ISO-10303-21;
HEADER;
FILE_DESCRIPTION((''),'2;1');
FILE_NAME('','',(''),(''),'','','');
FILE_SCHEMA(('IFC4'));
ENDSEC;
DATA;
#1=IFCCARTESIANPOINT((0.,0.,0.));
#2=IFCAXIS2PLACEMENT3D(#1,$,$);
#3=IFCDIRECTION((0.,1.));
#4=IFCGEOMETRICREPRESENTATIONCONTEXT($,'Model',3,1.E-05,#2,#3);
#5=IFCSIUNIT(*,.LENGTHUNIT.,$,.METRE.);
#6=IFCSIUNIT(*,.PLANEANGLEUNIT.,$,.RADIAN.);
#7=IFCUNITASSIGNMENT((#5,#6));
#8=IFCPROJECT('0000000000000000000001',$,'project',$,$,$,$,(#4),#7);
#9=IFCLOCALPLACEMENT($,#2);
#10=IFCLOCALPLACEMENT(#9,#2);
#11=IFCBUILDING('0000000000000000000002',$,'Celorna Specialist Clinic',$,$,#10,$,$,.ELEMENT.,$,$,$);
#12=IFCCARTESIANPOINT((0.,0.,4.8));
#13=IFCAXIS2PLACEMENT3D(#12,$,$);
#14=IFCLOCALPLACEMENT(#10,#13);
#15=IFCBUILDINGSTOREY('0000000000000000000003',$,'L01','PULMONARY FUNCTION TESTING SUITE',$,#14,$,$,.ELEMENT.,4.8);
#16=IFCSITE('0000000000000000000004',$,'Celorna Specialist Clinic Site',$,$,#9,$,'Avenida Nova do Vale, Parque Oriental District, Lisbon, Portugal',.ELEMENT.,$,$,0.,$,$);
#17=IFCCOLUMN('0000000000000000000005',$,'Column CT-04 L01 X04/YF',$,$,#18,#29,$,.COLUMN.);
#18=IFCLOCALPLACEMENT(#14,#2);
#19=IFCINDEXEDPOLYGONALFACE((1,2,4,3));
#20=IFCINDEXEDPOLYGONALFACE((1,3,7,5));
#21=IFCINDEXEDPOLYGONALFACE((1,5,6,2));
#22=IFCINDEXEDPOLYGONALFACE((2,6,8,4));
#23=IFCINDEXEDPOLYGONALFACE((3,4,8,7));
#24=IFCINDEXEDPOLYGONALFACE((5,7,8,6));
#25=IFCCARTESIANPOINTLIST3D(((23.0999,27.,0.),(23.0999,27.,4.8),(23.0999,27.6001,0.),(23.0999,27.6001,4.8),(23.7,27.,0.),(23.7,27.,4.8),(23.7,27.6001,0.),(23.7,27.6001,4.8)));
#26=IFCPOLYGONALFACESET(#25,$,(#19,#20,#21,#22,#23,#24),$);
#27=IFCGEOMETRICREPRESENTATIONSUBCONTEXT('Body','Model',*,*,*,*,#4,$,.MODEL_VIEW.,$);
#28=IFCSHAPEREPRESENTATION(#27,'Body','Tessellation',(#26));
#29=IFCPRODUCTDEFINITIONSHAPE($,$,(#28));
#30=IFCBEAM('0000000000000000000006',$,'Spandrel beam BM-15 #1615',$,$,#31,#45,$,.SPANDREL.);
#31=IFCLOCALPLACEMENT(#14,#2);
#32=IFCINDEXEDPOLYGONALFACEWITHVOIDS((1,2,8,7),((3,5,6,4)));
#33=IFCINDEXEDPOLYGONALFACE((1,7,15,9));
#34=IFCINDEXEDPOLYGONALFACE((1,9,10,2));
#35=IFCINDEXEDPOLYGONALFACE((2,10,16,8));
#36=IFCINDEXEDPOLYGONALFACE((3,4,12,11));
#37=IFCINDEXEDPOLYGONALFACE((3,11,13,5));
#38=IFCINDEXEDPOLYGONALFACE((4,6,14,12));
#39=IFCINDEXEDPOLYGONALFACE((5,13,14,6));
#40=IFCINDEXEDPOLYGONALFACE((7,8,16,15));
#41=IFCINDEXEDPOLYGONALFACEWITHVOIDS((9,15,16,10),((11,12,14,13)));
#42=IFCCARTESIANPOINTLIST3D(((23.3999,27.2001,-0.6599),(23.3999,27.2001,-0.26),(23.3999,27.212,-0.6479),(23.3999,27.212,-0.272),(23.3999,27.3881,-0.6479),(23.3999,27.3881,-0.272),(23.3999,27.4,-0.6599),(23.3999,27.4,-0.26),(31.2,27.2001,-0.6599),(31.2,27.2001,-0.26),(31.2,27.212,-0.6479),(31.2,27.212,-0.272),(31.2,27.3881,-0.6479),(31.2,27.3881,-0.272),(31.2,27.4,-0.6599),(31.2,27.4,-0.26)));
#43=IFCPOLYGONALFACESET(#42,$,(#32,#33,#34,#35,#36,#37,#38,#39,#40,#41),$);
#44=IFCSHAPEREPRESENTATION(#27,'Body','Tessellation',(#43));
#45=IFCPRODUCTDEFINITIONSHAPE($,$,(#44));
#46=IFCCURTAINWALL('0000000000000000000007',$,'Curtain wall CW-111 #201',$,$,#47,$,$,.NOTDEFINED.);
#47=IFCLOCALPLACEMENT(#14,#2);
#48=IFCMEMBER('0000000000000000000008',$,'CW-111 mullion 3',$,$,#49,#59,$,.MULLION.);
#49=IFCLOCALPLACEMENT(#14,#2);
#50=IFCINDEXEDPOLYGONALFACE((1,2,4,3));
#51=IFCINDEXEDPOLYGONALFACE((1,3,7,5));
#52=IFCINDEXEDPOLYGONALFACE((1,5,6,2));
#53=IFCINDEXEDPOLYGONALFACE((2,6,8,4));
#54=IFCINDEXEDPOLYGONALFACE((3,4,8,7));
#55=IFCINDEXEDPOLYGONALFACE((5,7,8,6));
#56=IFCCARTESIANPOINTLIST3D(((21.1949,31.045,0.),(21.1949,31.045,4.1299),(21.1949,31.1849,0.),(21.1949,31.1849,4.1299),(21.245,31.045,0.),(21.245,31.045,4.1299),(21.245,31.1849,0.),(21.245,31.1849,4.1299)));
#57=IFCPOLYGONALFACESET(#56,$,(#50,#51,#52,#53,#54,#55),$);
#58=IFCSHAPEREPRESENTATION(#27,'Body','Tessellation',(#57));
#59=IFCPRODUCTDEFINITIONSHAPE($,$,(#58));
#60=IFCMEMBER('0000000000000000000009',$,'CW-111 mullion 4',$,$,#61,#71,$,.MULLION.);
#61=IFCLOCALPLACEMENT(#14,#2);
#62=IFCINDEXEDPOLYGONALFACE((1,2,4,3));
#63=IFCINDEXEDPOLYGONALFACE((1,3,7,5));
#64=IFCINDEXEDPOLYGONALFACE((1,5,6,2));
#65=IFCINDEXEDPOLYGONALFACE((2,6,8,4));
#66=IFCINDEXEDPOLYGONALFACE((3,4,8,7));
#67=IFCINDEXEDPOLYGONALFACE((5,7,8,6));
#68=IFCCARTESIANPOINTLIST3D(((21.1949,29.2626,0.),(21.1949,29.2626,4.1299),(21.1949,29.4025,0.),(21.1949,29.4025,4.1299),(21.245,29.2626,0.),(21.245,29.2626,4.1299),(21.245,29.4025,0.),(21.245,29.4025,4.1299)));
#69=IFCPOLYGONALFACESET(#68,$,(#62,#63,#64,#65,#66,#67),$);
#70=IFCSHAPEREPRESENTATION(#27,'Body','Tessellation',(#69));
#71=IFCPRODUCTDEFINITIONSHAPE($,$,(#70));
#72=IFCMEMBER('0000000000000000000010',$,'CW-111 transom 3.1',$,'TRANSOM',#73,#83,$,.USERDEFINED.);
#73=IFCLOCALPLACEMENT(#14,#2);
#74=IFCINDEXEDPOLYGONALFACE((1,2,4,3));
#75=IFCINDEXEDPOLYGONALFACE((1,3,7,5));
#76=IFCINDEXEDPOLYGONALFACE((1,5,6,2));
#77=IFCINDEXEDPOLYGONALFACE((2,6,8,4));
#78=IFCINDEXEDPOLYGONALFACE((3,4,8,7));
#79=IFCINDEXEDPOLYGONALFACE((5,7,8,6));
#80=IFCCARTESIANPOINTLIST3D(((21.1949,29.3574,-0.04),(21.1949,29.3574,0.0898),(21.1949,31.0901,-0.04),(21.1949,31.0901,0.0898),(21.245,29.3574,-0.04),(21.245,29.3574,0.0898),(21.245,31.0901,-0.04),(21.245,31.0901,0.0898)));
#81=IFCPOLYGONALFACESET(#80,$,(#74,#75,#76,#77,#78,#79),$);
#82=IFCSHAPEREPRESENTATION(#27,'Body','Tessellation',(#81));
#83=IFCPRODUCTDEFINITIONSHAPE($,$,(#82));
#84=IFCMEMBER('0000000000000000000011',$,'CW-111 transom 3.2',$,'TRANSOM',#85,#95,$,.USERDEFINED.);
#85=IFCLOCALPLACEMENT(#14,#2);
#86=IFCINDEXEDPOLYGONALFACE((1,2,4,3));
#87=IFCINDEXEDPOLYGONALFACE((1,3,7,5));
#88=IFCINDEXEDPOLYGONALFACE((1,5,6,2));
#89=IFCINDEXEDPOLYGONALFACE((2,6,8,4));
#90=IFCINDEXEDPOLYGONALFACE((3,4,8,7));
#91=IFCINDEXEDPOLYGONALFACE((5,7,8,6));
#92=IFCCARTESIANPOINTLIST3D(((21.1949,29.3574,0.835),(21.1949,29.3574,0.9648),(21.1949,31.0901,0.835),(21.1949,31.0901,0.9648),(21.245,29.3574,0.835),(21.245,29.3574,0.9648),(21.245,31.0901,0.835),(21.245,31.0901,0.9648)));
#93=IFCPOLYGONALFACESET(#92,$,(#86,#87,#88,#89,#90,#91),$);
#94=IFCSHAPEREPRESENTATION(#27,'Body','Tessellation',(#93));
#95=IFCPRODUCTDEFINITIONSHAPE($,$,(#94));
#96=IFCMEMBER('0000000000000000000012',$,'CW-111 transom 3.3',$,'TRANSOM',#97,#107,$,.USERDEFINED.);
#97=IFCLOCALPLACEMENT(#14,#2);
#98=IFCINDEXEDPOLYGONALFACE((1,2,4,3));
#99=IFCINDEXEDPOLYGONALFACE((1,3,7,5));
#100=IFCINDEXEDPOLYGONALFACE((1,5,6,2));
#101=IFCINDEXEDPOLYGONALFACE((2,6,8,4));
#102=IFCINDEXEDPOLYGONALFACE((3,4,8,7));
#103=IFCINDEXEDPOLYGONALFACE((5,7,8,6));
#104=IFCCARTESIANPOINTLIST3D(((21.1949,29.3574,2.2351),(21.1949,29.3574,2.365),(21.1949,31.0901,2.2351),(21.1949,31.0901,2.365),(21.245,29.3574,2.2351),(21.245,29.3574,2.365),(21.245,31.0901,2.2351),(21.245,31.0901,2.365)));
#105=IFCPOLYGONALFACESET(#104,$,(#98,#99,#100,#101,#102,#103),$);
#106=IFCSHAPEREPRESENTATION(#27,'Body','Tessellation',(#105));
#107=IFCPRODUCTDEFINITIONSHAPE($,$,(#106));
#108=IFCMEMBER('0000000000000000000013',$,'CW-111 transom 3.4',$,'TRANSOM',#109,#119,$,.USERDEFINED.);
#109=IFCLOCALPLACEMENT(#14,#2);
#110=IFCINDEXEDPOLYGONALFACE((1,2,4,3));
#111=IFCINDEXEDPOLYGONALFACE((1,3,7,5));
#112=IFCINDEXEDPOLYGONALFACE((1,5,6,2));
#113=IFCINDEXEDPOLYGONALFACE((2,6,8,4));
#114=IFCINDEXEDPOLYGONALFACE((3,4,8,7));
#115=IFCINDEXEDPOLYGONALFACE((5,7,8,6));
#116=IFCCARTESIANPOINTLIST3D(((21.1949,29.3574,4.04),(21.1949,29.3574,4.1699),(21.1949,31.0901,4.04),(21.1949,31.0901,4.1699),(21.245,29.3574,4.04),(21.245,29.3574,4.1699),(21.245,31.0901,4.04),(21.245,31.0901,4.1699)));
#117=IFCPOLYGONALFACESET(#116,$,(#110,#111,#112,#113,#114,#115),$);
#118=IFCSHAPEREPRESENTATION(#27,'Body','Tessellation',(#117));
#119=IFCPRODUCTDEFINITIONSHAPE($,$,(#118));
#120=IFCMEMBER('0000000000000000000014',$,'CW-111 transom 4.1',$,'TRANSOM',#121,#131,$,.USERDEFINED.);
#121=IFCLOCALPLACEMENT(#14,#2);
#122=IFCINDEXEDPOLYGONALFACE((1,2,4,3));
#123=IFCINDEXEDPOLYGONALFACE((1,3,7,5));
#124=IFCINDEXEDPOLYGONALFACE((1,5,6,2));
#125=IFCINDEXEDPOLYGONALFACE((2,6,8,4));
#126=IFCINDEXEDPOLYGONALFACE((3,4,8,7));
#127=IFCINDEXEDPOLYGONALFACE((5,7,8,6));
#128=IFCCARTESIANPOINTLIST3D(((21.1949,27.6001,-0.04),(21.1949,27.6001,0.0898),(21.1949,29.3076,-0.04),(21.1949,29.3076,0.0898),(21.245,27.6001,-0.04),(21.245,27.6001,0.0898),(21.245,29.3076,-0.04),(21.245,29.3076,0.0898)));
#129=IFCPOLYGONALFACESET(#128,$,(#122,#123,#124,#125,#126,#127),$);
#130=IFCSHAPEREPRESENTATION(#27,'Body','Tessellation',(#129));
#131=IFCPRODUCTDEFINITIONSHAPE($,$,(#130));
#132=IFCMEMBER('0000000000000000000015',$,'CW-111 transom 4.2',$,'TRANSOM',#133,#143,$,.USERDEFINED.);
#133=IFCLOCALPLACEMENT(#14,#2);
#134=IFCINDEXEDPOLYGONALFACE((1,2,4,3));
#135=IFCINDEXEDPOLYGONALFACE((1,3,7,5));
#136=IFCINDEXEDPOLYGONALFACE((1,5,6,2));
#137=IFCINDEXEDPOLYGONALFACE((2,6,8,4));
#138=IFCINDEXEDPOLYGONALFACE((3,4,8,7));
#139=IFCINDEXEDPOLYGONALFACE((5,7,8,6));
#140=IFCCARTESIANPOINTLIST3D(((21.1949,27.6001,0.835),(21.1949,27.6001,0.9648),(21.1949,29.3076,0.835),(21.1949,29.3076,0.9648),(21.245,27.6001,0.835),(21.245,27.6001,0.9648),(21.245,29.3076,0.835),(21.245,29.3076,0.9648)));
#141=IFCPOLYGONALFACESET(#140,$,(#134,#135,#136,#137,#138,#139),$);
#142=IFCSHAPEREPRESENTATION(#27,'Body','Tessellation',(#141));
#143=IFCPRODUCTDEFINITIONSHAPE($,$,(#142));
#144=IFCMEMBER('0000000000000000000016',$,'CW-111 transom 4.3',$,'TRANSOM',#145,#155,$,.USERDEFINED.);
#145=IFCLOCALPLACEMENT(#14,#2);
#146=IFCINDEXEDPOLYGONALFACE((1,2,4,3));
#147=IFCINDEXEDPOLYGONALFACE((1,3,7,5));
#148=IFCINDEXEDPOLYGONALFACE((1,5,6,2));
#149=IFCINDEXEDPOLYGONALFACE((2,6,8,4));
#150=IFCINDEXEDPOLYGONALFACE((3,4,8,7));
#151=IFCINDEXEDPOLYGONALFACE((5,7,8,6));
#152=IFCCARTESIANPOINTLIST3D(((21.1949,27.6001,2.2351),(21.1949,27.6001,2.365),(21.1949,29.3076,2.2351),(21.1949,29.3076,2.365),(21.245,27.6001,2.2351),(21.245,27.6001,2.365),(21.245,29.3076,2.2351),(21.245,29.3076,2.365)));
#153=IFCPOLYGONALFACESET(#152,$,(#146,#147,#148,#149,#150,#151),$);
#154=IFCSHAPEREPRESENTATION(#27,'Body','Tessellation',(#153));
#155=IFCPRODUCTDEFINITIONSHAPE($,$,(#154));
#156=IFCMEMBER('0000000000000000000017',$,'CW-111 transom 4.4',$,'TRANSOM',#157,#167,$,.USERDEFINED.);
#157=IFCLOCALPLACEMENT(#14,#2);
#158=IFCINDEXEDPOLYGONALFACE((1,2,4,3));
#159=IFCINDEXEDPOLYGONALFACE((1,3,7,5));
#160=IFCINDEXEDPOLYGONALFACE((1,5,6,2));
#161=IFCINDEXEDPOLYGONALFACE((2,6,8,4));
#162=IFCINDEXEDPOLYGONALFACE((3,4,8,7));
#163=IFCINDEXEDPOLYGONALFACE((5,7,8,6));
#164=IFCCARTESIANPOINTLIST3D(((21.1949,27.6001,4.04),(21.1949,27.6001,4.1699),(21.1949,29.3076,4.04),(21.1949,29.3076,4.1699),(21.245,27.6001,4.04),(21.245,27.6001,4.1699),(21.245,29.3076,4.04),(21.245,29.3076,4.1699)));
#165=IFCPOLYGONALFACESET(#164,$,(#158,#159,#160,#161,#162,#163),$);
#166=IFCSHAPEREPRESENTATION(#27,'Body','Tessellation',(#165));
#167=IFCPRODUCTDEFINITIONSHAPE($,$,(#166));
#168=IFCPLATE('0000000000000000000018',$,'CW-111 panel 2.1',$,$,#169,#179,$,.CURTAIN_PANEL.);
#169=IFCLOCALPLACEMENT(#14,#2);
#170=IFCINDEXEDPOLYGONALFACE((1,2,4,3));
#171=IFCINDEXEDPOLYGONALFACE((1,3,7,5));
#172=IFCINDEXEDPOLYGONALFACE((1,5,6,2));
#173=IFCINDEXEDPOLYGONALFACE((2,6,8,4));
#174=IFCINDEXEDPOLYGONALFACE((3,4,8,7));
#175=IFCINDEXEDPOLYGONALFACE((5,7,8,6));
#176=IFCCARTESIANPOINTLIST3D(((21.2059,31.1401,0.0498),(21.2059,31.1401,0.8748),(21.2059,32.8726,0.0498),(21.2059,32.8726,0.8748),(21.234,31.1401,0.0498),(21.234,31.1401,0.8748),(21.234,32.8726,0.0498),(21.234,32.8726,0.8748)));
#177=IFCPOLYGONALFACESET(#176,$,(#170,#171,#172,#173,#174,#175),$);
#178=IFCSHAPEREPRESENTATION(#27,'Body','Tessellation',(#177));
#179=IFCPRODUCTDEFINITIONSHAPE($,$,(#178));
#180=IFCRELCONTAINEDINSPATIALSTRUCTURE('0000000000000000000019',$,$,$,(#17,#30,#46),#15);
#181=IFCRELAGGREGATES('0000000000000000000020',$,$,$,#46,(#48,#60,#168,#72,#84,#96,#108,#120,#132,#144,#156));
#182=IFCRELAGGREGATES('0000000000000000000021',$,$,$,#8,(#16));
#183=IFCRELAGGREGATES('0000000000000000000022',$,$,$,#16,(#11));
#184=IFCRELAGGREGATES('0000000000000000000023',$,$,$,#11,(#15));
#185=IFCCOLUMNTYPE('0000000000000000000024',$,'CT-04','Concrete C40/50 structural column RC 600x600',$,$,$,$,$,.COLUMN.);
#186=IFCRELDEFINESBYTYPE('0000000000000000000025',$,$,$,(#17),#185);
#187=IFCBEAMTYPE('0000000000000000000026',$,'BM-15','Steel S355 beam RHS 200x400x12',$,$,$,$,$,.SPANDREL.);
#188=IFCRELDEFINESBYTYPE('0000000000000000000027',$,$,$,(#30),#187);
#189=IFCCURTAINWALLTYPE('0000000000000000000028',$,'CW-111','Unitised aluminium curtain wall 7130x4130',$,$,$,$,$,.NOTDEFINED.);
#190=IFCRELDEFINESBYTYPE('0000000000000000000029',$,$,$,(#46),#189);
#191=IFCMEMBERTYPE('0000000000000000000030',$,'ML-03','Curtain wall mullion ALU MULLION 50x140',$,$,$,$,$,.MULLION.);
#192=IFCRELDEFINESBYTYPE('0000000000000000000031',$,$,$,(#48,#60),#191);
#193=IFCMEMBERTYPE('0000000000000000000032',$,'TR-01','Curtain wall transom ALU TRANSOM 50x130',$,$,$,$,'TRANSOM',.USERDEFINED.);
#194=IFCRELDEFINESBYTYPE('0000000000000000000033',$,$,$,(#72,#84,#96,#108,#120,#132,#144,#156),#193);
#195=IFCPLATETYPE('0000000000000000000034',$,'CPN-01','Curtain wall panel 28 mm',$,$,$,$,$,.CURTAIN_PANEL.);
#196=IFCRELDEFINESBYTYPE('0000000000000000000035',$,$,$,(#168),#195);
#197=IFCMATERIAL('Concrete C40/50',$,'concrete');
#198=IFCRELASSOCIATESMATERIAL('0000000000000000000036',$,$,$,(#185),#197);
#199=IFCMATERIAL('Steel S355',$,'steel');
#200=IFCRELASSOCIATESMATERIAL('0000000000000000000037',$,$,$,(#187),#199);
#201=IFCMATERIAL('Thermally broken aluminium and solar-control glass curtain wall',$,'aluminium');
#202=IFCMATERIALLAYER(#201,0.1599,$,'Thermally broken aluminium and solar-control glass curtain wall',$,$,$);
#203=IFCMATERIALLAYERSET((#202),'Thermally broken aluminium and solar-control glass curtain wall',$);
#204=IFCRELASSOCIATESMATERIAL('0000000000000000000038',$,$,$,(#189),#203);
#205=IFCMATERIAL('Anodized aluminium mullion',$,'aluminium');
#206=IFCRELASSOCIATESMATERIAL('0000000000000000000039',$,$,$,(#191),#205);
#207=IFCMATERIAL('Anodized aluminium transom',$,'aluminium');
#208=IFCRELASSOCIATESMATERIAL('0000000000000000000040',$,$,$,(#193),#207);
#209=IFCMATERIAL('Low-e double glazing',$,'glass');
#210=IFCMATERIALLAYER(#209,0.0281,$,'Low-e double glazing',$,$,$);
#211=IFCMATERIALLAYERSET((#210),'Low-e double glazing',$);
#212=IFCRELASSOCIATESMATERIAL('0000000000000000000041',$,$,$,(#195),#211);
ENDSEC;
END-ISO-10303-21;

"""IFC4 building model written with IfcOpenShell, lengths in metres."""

from ifc_helpers import new_model, si_unit, direction, frame, origin, origin_2d, place, context, subcontext, project, spatial, rectangle, hollow_rectangle, extrude, material, layer, layer_set, material_profile, profile_set, type_object, element, aggregate, save


model = new_model("IFC4")

# Units and contexts
model_context = context("Model", 3, precision=1e-05, world=origin(), true_north=direction((0.0, 1.0)))
body_context = subcontext(model_context, "Body", "Model", "MODEL_VIEW")
ifc_project = project(units=[si_unit("LENGTHUNIT", "METRE"), si_unit("PLANEANGLEUNIT", "RADIAN")], contexts=[model_context])

# Site, building, storey
site_placement = place(None, origin())
site = spatial("IfcSite", under=ifc_project, at=site_placement, Name="Celorna Specialist Clinic Site", LongName="Avenida Nova do Vale, Parque Oriental District, Lisbon, Portugal", CompositionType="ELEMENT", RefElevation=0.0)
building_placement = place(site_placement, origin())
building = spatial("IfcBuilding", under=site, at=building_placement, Name="Celorna Specialist Clinic", CompositionType="ELEMENT")
storey_placement = place(building_placement, frame((0.0, 0.0, 4.8)))
storey = spatial("IfcBuildingStorey", under=building, at=storey_placement, Name="L01", Description="PULMONARY FUNCTION TESTING SUITE", CompositionType="ELEMENT", Elevation=4.8)

# Column
ifc_material_1 = material(Name="Concrete C40/50", Category="concrete")
ifc_material_profile_1 = material_profile(ifc_material_1, rectangle(XDim=0.6001, YDim=0.6001, at=origin_2d()), Name="RC 600x600")
ifc_profile_set_1 = profile_set([ifc_material_profile_1], Name="Concrete C40/50")
column_type = type_object("IfcColumnType", Name="CT-04", Description="Concrete C40/50 structural column RC 600x600", PredefinedType="COLUMN", material=ifc_profile_set_1)
column_placement = place(storey_placement, frame((23.3999, 27.3, 0.0), z_axis=(0.0, 0.0, 1.0), x_axis=(1.0, 0.0, 0.0)))
element("IfcColumn", 1, at=column_placement, inside=storey, type_object=column_type, Name="Column CT-04 L01 X04/YF", PredefinedType="COLUMN", context=body_context, shape_type="SweptSolid", body=[
    extrude(rectangle(XDim=0.6001, YDim=0.6001, at=origin_2d()), origin(), (0.0, 0.0, 1.0), 4.8),
])

# Beam
ifc_material_2 = material(Name="Steel S355", Category="steel")
ifc_material_profile_2 = material_profile(ifc_material_2, hollow_rectangle(XDim=0.2, YDim=0.3999, WallThickness=0.012, at=origin_2d()), Name="RHS 200x400x12")
ifc_profile_set_2 = profile_set([ifc_material_profile_2], Name="Steel S355")
beam_type = type_object("IfcBeamType", Name="BM-15", Description="Steel S355 beam RHS 200x400x12", PredefinedType="SPANDREL", material=ifc_profile_set_2)
beam_placement = place(storey_placement, frame((23.3999, 27.3, -0.46), z_axis=(1.0, 0.0, 0.0), x_axis=(0.0, 1.0, 0.0)))
element("IfcBeam", 2, at=beam_placement, inside=storey, type_object=beam_type, Name="Spandrel beam BM-15 #1615", PredefinedType="SPANDREL", context=body_context, shape_type="SweptSolid", body=[
    extrude(hollow_rectangle(XDim=0.2, YDim=0.3999, WallThickness=0.012, at=origin_2d()), origin(), (0.0, 0.0, 1.0), 7.8),
])

# Curtain wall, members, plate
ifc_material_3 = material(Name="Thermally broken aluminium and solar-control glass curtain wall", Category="aluminium")
ifc_layer_1 = layer(ifc_material_3, 0.1599, Name="Thermally broken aluminium and solar-control glass curtain wall")
ifc_layer_set_1 = layer_set([ifc_layer_1], Name="Thermally broken aluminium and solar-control glass curtain wall")
curtain_wall_type = type_object("IfcCurtainWallType", Name="CW-111", Description="Unitised aluminium curtain wall 7130x4130", PredefinedType="NOTDEFINED", material=ifc_layer_set_1)
curtain_wall_placement = place(storey_placement, origin())
curtain_wall = element("IfcCurtainWall", 3, at=curtain_wall_placement, inside=storey, type_object=curtain_wall_type, Name="Curtain wall CW-111 #201", PredefinedType="NOTDEFINED")
ifc_material_4 = material(Name="Anodized aluminium mullion", Category="aluminium")
ifc_material_profile_3 = material_profile(ifc_material_4, rectangle(XDim=0.05, YDim=0.1399, at=origin_2d()), Name="ALU MULLION 50x140")
ifc_profile_set_3 = profile_set([ifc_material_profile_3], Name="Anodized aluminium mullion")
member_type_1 = type_object("IfcMemberType", Name="ML-03", Description="Curtain wall mullion ALU MULLION 50x140", PredefinedType="MULLION", material=ifc_profile_set_3)
member_1_placement = place(storey_placement, frame((21.22, 31.115, 0.0), z_axis=(0.0, 0.0, 1.0), x_axis=(1.0, 0.0, 0.0)))
member_1 = element("IfcMember", 4, at=member_1_placement, type_object=member_type_1, Name="CW-111 mullion 3", PredefinedType="MULLION", context=body_context, shape_type="SweptSolid", body=[
    extrude(rectangle(XDim=0.05, YDim=0.1399, at=origin_2d()), origin(), (0.0, 0.0, 1.0), 4.1299),
])
member_2_placement = place(storey_placement, frame((21.22, 29.3325, 0.0), z_axis=(0.0, 0.0, 1.0), x_axis=(1.0, 0.0, 0.0)))
member_2 = element("IfcMember", 5, at=member_2_placement, type_object=member_type_1, Name="CW-111 mullion 4", PredefinedType="MULLION", context=body_context, shape_type="SweptSolid", body=[
    extrude(rectangle(XDim=0.05, YDim=0.1399, at=origin_2d()), origin(), (0.0, 0.0, 1.0), 4.1299),
])
ifc_material_5 = material(Name="Anodized aluminium transom", Category="aluminium")
ifc_material_profile_4 = material_profile(ifc_material_5, rectangle(XDim=0.05, YDim=0.1299, at=origin_2d()), Name="ALU TRANSOM 50x130")
ifc_profile_set_4 = profile_set([ifc_material_profile_4], Name="Anodized aluminium transom")
member_type_2 = type_object("IfcMemberType", Name="TR-01", Description="Curtain wall transom ALU TRANSOM 50x130", ElementType="TRANSOM", PredefinedType="USERDEFINED", material=ifc_profile_set_4)
member_3_placement = place(storey_placement, frame((21.22, 31.0901, 0.0249), z_axis=(0.0, -1.0, 0.0), x_axis=(1.0, 0.0, 0.0)))
member_3 = element("IfcMember", 6, at=member_3_placement, type_object=member_type_2, Name="CW-111 transom 3.1", ObjectType="TRANSOM", PredefinedType="USERDEFINED", context=body_context, shape_type="SweptSolid", body=[
    extrude(rectangle(XDim=0.05, YDim=0.1299, at=origin_2d()), origin(), (0.0, 0.0, 1.0), 1.7327),
])
member_4_placement = place(storey_placement, frame((21.22, 31.0901, 0.8999), z_axis=(0.0, -1.0, 0.0), x_axis=(1.0, 0.0, 0.0)))
member_4 = element("IfcMember", 7, at=member_4_placement, type_object=member_type_2, Name="CW-111 transom 3.2", ObjectType="TRANSOM", PredefinedType="USERDEFINED", context=body_context, shape_type="SweptSolid", body=[
    extrude(rectangle(XDim=0.05, YDim=0.1299, at=origin_2d()), origin(), (0.0, 0.0, 1.0), 1.7327),
])
member_5_placement = place(storey_placement, frame((21.22, 31.0901, 2.3), z_axis=(0.0, -1.0, 0.0), x_axis=(1.0, 0.0, 0.0)))
member_5 = element("IfcMember", 8, at=member_5_placement, type_object=member_type_2, Name="CW-111 transom 3.3", ObjectType="TRANSOM", PredefinedType="USERDEFINED", context=body_context, shape_type="SweptSolid", body=[
    extrude(rectangle(XDim=0.05, YDim=0.1299, at=origin_2d()), origin(), (0.0, 0.0, 1.0), 1.7327),
])
member_6_placement = place(storey_placement, frame((21.22, 31.0901, 4.105), z_axis=(0.0, -1.0, 0.0), x_axis=(1.0, 0.0, 0.0)))
member_6 = element("IfcMember", 9, at=member_6_placement, type_object=member_type_2, Name="CW-111 transom 3.4", ObjectType="TRANSOM", PredefinedType="USERDEFINED", context=body_context, shape_type="SweptSolid", body=[
    extrude(rectangle(XDim=0.05, YDim=0.1299, at=origin_2d()), origin(), (0.0, 0.0, 1.0), 1.7327),
])
member_7_placement = place(storey_placement, frame((21.22, 29.3076, 0.0249), z_axis=(0.0, -1.0, 0.0), x_axis=(1.0, 0.0, 0.0)))
member_7 = element("IfcMember", 10, at=member_7_placement, type_object=member_type_2, Name="CW-111 transom 4.1", ObjectType="TRANSOM", PredefinedType="USERDEFINED", context=body_context, shape_type="SweptSolid", body=[
    extrude(rectangle(XDim=0.05, YDim=0.1299, at=origin_2d()), origin(), (0.0, 0.0, 1.0), 1.7075),
])
member_8_placement = place(storey_placement, frame((21.22, 29.3076, 0.8999), z_axis=(0.0, -1.0, 0.0), x_axis=(1.0, 0.0, 0.0)))
member_8 = element("IfcMember", 11, at=member_8_placement, type_object=member_type_2, Name="CW-111 transom 4.2", ObjectType="TRANSOM", PredefinedType="USERDEFINED", context=body_context, shape_type="SweptSolid", body=[
    extrude(rectangle(XDim=0.05, YDim=0.1299, at=origin_2d()), origin(), (0.0, 0.0, 1.0), 1.7075),
])
member_9_placement = place(storey_placement, frame((21.22, 29.3076, 2.3), z_axis=(0.0, -1.0, 0.0), x_axis=(1.0, 0.0, 0.0)))
member_9 = element("IfcMember", 12, at=member_9_placement, type_object=member_type_2, Name="CW-111 transom 4.3", ObjectType="TRANSOM", PredefinedType="USERDEFINED", context=body_context, shape_type="SweptSolid", body=[
    extrude(rectangle(XDim=0.05, YDim=0.1299, at=origin_2d()), origin(), (0.0, 0.0, 1.0), 1.7075),
])
member_10_placement = place(storey_placement, frame((21.22, 29.3076, 4.105), z_axis=(0.0, -1.0, 0.0), x_axis=(1.0, 0.0, 0.0)))
member_10 = element("IfcMember", 13, at=member_10_placement, type_object=member_type_2, Name="CW-111 transom 4.4", ObjectType="TRANSOM", PredefinedType="USERDEFINED", context=body_context, shape_type="SweptSolid", body=[
    extrude(rectangle(XDim=0.05, YDim=0.1299, at=origin_2d()), origin(), (0.0, 0.0, 1.0), 1.7075),
])
ifc_material_6 = material(Name="Low-e double glazing", Category="glass")
ifc_layer_2 = layer(ifc_material_6, 0.0281, Name="Low-e double glazing")
ifc_layer_set_2 = layer_set([ifc_layer_2], Name="Low-e double glazing")
plate_type = type_object("IfcPlateType", Name="CPN-01", Description="Curtain wall panel 28 mm", PredefinedType="CURTAIN_PANEL", material=ifc_layer_set_2)
plate_1_placement = place(storey_placement, frame((21.22, 32.0063, 0.0498), z_axis=(0.0, 0.0, 1.0), x_axis=(0.0, -1.0, 0.0)))
plate_1 = element("IfcPlate", 14, at=plate_1_placement, type_object=plate_type, Name="CW-111 panel 2.1", PredefinedType="CURTAIN_PANEL", context=body_context, shape_type="SweptSolid", body=[
    extrude(rectangle(XDim=1.7324, YDim=0.0281, at=origin_2d()), origin(), (0.0, 0.0, 1.0), 0.825),
])
aggregate(curtain_wall, [member_1, member_2, plate_1, member_3, member_4, member_5, member_6, member_7, member_8, member_9, member_10])

save(model, "model.ifc")
